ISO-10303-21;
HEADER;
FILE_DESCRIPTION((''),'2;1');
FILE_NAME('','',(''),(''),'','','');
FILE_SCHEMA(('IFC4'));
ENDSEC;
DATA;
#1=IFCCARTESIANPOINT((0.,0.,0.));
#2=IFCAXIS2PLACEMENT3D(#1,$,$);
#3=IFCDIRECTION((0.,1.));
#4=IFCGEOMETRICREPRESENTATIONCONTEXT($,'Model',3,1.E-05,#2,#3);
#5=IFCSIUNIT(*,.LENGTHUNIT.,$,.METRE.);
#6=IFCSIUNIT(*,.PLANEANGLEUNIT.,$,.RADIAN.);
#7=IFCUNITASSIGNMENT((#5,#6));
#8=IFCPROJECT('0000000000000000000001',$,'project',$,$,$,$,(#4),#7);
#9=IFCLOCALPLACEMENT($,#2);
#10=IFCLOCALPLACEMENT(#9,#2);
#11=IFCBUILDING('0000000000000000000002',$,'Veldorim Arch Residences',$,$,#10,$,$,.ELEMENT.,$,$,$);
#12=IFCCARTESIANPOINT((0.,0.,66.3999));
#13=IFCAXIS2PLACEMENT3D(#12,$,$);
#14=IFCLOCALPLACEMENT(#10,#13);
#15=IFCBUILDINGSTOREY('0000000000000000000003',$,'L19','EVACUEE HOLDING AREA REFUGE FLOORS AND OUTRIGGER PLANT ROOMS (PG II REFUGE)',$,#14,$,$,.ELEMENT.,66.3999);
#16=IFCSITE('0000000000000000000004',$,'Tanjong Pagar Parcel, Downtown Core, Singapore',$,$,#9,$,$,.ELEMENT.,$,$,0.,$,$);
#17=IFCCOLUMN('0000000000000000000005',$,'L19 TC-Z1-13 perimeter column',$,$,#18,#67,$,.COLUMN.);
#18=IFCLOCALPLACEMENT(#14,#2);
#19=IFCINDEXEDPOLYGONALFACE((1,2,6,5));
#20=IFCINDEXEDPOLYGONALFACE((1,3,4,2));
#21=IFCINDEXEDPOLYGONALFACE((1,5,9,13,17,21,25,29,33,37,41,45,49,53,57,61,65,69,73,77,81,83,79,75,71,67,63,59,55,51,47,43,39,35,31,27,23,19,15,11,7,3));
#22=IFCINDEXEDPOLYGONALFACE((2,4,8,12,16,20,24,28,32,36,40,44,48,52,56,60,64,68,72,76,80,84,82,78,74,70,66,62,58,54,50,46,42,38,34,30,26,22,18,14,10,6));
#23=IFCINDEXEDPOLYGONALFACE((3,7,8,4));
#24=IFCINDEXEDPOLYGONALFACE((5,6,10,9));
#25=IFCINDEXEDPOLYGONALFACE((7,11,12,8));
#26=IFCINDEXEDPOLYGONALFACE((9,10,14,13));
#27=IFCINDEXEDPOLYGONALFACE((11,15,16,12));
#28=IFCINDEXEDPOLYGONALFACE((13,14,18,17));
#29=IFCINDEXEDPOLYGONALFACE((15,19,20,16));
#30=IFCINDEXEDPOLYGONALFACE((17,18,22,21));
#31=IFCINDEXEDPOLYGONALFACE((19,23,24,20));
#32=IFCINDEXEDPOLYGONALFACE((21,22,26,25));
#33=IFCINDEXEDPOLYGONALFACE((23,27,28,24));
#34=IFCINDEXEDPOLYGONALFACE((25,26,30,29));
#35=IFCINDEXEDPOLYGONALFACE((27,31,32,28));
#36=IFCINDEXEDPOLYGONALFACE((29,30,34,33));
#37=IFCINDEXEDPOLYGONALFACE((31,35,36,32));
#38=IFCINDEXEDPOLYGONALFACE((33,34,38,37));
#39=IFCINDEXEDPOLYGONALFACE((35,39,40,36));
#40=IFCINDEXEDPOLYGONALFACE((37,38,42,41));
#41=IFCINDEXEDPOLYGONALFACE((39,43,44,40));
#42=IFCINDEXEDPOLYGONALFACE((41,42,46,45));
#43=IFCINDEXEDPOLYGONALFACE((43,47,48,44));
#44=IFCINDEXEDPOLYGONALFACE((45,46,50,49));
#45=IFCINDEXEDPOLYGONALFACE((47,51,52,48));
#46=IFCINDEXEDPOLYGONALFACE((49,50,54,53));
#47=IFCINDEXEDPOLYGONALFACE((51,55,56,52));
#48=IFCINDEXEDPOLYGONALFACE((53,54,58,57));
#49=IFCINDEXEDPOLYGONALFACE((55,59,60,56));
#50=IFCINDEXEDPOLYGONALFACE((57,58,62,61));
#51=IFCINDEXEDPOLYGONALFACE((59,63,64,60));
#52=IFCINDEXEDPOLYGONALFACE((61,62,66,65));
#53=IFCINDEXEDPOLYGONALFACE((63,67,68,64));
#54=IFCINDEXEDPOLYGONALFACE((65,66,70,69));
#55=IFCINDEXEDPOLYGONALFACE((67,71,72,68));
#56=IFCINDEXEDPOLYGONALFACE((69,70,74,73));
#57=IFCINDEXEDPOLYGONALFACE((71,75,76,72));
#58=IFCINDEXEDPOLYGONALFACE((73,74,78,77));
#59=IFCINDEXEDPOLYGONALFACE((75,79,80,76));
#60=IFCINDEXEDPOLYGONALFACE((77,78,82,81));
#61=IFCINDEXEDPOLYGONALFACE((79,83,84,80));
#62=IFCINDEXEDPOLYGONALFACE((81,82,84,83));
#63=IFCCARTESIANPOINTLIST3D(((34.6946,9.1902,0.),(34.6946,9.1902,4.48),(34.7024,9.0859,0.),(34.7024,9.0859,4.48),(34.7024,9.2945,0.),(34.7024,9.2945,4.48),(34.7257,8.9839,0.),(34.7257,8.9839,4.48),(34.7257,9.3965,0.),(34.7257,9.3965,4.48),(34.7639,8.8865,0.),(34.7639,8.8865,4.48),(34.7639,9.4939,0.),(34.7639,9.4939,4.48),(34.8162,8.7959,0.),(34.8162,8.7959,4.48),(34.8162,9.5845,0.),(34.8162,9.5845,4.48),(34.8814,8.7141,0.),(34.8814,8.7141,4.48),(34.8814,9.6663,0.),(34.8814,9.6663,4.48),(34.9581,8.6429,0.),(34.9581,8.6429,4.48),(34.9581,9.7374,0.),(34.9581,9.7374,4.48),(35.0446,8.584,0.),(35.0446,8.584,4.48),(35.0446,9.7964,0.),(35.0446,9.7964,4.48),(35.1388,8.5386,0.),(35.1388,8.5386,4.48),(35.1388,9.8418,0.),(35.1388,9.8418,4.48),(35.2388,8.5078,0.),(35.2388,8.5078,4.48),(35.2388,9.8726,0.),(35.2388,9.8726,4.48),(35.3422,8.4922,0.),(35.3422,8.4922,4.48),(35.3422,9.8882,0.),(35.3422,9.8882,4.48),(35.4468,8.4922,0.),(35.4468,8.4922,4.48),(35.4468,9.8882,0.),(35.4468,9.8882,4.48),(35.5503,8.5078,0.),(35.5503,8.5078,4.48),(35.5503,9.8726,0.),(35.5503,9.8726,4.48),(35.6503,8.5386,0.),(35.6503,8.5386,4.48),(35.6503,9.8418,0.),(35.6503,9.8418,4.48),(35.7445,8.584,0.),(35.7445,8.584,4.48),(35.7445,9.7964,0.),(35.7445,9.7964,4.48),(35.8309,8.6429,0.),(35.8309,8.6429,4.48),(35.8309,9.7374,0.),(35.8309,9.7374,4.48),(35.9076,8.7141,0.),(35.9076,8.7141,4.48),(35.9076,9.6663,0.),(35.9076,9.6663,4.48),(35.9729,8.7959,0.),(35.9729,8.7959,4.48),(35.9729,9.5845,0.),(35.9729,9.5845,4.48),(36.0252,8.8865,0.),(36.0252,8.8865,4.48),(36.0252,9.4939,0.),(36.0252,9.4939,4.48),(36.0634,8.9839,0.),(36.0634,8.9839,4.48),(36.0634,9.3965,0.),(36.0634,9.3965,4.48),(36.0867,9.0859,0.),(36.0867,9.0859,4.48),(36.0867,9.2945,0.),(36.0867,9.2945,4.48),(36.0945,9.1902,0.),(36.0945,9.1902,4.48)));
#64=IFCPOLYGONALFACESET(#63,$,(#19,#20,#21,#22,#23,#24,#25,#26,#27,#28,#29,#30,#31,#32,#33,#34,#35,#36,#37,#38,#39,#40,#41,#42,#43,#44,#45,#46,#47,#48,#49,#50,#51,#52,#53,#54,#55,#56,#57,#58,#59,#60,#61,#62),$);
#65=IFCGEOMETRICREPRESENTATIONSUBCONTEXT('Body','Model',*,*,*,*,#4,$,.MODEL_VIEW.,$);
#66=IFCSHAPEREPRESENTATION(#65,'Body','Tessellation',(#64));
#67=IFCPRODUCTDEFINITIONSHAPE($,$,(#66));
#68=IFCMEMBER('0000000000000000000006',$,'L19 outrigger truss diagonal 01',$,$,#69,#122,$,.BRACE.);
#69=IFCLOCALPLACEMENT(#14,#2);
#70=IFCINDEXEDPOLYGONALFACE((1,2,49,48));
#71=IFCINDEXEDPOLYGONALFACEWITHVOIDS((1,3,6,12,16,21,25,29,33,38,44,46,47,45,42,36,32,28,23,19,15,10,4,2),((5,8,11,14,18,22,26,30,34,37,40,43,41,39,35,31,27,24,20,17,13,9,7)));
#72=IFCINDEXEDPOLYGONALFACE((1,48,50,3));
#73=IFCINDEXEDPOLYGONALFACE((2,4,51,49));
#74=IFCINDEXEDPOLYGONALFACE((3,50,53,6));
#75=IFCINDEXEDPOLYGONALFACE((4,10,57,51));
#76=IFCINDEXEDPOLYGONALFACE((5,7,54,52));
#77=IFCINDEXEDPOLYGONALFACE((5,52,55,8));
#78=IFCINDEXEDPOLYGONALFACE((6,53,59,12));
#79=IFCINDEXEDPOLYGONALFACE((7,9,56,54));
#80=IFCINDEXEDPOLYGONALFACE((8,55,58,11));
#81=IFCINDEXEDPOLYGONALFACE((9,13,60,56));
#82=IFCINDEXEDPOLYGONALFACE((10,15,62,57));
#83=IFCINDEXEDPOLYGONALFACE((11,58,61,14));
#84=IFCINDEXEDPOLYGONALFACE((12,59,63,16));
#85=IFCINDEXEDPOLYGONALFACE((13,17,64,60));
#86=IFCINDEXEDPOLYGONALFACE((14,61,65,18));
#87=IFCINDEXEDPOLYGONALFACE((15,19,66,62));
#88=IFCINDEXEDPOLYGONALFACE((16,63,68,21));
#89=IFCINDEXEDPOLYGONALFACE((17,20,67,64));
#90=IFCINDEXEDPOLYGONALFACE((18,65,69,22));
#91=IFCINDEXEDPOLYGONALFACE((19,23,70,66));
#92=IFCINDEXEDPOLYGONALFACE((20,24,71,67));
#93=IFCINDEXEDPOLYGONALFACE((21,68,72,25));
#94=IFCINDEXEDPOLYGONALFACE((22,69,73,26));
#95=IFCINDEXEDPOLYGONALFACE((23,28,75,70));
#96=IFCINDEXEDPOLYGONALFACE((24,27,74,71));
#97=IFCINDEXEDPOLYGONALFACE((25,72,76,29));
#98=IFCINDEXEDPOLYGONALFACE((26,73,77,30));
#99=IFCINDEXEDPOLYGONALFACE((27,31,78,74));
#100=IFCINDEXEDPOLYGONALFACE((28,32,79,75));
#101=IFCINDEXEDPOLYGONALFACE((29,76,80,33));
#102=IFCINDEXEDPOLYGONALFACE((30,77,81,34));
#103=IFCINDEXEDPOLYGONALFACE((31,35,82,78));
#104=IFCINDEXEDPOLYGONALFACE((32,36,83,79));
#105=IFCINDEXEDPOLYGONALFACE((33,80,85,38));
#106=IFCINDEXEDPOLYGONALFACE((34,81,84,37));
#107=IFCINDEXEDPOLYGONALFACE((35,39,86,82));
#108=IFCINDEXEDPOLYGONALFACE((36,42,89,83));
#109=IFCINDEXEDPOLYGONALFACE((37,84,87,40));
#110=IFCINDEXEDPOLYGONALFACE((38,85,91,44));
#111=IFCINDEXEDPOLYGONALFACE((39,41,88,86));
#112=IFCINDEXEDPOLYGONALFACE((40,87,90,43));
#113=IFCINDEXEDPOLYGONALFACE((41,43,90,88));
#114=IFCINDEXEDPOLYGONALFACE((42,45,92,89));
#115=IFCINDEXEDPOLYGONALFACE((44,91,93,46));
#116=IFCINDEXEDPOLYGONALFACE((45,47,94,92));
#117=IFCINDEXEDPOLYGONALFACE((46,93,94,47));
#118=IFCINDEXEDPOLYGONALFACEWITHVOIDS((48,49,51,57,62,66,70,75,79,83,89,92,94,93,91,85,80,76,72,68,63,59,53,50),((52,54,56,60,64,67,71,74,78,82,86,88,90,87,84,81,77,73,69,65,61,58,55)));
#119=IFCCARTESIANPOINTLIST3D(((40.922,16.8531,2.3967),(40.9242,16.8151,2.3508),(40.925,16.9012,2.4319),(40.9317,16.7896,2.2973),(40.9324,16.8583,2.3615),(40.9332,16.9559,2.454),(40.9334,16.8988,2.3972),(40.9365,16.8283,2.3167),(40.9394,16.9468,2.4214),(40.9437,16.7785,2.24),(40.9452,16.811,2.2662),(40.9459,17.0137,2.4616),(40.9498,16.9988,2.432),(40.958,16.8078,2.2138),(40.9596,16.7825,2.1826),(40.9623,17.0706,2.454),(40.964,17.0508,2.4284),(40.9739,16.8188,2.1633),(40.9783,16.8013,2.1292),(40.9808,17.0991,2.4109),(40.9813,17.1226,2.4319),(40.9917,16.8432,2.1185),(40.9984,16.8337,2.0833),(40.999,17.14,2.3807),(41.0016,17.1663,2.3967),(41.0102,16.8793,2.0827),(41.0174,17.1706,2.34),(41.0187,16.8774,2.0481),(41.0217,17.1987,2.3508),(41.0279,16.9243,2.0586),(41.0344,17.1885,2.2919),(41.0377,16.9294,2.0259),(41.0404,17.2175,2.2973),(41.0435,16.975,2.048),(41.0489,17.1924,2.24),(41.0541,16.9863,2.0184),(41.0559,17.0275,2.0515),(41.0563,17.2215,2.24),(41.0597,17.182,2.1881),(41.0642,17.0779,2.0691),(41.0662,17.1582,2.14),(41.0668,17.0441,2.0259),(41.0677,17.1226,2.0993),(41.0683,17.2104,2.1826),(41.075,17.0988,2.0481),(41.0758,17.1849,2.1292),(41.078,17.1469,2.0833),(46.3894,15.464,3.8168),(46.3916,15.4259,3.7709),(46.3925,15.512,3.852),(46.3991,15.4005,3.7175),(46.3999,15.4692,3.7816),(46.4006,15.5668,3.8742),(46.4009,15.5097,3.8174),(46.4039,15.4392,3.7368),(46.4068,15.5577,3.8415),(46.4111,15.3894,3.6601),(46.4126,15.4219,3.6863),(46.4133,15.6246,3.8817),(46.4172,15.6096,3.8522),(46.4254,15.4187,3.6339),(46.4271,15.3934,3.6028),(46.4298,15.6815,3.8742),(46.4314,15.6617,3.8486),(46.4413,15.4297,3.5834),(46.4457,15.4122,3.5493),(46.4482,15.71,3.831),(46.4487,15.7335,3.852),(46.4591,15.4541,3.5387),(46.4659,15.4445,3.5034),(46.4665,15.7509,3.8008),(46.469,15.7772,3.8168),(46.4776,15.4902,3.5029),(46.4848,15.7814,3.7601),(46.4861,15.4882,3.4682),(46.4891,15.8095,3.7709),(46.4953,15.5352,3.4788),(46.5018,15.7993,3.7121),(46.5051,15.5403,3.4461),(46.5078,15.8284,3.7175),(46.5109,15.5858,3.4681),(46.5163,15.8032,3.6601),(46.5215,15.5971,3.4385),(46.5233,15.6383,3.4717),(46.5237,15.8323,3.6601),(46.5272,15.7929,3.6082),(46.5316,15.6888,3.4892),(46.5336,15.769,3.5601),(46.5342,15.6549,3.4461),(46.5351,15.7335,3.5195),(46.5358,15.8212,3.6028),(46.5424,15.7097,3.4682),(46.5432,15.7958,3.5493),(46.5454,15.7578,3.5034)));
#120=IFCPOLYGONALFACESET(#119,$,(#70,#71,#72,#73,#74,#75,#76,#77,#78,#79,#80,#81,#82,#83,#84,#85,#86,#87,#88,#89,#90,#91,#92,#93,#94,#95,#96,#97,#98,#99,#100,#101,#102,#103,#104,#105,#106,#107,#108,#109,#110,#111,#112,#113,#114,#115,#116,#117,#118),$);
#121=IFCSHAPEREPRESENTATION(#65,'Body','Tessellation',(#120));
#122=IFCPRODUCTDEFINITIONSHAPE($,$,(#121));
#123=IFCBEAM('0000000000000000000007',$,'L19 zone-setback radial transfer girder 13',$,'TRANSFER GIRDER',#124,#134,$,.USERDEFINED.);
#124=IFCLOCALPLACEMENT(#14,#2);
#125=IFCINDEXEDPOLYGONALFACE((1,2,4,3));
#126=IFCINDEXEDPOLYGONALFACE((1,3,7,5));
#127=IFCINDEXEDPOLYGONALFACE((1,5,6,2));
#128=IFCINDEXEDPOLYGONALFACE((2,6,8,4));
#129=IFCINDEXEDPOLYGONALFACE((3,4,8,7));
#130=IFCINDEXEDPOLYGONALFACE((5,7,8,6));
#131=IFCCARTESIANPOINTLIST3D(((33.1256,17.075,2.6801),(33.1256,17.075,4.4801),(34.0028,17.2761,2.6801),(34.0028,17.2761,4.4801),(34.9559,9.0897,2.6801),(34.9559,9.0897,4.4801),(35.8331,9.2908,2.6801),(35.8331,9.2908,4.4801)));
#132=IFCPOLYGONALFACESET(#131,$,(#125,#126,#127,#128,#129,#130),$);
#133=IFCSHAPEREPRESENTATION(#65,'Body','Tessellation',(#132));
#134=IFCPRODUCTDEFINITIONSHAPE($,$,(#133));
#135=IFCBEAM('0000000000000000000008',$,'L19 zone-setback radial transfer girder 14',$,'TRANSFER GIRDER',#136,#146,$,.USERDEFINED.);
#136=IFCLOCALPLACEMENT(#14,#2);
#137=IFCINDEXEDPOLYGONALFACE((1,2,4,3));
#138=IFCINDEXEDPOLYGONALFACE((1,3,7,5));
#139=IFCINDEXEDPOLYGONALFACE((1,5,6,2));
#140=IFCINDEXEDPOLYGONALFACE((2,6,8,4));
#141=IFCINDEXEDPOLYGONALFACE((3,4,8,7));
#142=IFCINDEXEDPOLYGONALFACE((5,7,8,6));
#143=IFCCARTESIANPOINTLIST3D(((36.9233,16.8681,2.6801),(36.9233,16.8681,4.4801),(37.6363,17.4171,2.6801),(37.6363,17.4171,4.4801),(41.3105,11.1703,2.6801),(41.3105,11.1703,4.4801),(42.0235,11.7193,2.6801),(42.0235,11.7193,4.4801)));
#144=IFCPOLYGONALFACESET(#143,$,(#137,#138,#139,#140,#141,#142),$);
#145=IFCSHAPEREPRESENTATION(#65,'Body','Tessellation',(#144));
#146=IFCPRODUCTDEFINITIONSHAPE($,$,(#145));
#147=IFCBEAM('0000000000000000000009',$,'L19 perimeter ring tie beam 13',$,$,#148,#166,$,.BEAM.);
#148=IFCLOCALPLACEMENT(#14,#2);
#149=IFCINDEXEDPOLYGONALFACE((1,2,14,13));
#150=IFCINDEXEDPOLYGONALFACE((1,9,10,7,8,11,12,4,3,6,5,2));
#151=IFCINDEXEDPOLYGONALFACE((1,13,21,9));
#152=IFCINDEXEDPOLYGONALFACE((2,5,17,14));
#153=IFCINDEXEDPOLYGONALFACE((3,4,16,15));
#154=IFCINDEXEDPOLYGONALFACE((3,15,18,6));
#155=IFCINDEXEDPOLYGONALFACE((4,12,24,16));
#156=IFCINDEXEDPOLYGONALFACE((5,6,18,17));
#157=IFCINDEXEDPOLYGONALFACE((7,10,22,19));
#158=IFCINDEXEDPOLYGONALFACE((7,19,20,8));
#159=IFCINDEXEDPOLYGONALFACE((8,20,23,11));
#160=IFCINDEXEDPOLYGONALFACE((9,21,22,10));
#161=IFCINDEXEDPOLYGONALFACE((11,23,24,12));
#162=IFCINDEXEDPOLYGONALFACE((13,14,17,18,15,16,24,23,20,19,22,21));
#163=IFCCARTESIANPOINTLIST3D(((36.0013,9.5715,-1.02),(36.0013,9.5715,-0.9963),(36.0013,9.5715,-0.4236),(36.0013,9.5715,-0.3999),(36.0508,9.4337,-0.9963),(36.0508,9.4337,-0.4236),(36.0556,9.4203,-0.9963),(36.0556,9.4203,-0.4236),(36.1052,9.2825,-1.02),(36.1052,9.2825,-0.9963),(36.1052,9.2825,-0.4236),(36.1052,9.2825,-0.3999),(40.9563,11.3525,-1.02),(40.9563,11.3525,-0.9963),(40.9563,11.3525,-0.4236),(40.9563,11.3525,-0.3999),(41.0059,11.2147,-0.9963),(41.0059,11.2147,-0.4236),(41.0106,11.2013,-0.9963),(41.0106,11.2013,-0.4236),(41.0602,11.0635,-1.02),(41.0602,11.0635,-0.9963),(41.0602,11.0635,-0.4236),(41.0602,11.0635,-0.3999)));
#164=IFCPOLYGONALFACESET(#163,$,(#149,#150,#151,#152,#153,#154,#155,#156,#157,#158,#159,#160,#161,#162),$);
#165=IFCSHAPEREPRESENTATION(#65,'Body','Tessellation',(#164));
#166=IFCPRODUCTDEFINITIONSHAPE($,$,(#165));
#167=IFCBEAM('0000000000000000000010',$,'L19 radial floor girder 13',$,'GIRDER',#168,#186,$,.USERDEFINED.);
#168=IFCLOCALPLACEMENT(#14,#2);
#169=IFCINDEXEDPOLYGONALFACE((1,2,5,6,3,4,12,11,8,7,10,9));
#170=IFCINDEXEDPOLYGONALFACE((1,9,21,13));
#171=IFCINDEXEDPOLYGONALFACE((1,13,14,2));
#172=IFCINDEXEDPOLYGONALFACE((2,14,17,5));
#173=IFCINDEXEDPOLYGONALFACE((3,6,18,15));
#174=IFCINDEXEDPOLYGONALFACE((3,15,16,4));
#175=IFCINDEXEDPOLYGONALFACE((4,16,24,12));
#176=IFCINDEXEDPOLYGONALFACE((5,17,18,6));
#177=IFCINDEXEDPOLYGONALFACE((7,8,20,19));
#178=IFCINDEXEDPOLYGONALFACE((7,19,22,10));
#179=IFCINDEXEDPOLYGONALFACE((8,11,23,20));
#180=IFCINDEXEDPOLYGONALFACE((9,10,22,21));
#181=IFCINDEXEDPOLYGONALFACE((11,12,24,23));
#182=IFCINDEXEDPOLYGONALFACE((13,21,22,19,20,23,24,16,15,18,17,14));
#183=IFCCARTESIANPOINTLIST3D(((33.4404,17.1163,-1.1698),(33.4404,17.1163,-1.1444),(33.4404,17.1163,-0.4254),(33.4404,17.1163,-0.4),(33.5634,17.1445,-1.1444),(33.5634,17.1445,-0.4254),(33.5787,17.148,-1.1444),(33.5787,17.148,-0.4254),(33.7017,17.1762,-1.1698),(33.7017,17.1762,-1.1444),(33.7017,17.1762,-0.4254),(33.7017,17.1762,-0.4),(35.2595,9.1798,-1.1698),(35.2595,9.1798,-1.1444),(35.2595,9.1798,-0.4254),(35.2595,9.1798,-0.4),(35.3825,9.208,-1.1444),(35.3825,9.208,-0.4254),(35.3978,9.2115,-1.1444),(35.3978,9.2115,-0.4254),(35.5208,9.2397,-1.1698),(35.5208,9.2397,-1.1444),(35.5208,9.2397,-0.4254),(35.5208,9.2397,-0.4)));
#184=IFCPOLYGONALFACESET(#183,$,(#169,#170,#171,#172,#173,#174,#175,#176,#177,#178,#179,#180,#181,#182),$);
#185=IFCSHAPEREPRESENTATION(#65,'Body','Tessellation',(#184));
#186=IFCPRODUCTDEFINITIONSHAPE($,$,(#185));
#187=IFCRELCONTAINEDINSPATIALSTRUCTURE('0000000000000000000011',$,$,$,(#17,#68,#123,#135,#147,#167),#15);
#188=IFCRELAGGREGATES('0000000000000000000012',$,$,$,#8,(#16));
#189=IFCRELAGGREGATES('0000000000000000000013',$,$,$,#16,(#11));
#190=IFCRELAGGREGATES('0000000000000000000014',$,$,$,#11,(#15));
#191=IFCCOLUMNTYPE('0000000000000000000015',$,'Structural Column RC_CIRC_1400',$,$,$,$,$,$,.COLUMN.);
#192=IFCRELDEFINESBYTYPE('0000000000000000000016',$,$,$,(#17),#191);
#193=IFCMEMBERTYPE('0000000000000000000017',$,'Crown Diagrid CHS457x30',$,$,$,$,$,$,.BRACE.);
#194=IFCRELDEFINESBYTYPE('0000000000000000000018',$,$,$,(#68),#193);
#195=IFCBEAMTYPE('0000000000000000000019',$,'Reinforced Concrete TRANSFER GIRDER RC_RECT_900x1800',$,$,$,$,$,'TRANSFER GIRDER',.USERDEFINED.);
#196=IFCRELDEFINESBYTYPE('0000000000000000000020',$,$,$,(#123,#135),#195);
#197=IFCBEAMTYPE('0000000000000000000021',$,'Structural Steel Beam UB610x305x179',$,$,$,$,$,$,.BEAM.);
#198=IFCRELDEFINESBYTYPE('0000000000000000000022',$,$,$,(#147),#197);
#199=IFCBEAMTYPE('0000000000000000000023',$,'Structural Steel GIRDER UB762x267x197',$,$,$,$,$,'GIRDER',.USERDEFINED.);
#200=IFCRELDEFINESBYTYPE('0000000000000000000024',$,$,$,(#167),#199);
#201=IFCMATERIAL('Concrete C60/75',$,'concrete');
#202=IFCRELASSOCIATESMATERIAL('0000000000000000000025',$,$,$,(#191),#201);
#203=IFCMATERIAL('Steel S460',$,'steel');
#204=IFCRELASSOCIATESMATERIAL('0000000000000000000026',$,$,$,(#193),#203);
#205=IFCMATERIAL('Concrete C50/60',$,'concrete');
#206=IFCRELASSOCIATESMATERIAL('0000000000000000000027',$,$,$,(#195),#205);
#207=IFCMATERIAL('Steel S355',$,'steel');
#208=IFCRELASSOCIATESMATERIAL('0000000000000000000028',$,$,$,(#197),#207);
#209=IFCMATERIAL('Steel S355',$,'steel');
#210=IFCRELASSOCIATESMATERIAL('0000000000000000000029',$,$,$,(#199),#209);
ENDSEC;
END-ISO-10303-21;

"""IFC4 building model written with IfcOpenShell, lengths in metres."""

from ifc_helpers import new_model, si_unit, direction, frame, origin, origin_2d, place, context, subcontext, project, spatial, rectangle, circle, hollow_circle, i_section, extrude, material, material_profile, profile_set, type_object, element, save


model = new_model("IFC4")

# Units and contexts
model_context = context("Model", 3, precision=1e-05, world=origin(), true_north=direction((0.0, 1.0)))
body_context = subcontext(model_context, "Body", "Model", "MODEL_VIEW")
ifc_project = project(units=[si_unit("LENGTHUNIT", "METRE"), si_unit("PLANEANGLEUNIT", "RADIAN")], contexts=[model_context])

# Site, building, storey
site_placement = place(None, origin())
site = spatial("IfcSite", under=ifc_project, at=site_placement, Name="Tanjong Pagar Parcel, Downtown Core, Singapore", CompositionType="ELEMENT", RefElevation=0.0)
building_placement = place(site_placement, origin())
building = spatial("IfcBuilding", under=site, at=building_placement, Name="Veldorim Arch Residences", CompositionType="ELEMENT")
storey_placement = place(building_placement, frame((0.0, 0.0, 66.3999)))
storey = spatial("IfcBuildingStorey", under=building, at=storey_placement, Name="L19", Description="EVACUEE HOLDING AREA REFUGE FLOORS AND OUTRIGGER PLANT ROOMS (PG II REFUGE)", CompositionType="ELEMENT", Elevation=66.3999)

# Column
ifc_material_1 = material(Name="Concrete C60/75", Category="concrete")
ifc_material_profile_1 = material_profile(ifc_material_1, circle(Radius=0.7, at=origin_2d()), Name="RC_CIRC_1400")
ifc_profile_set_1 = profile_set([ifc_material_profile_1], Name="Concrete C60/75")
column_type = type_object("IfcColumnType", Name="Structural Column RC_CIRC_1400", PredefinedType="COLUMN", material=ifc_profile_set_1)
column_placement = place(storey_placement, frame((35.3945, 9.1902, 0.0), z_axis=(0.0, 0.0, 1.0), x_axis=(1.0, 0.0, 0.0)))
element("IfcColumn", 1, at=column_placement, inside=storey, type_object=column_type, Name="L19 TC-Z1-13 perimeter column", PredefinedType="COLUMN", context=body_context, shape_type="SweptSolid", body=[
    extrude(circle(Radius=0.7, at=origin_2d()), origin(), (0.0, 0.0, 1.0), 4.48),
])

# Member
ifc_material_2 = material(Name="Steel S460", Category="steel")
ifc_material_profile_2 = material_profile(ifc_material_2, hollow_circle(Radius=0.2285, WallThickness=0.03, at=origin_2d()), Name="CHS457x30")
ifc_profile_set_2 = profile_set([ifc_material_profile_2], Name="Steel S460")
member_type_1 = type_object("IfcMemberType", Name="Crown Diagrid CHS457x30", PredefinedType="BRACE", material=ifc_profile_set_2)
member_1_placement = place(storey_placement, frame((41.0, 17.0, 2.24), z_axis=(0.939881, -0.2388, 0.24413), x_axis=(0.246251, 0.969206, 0.0)))
element("IfcMember", 2, at=member_1_placement, inside=storey, type_object=member_type_1, Name="L19 outrigger truss diagonal 01", PredefinedType="BRACE", context=body_context, shape_type="SweptSolid", body=[
    extrude(hollow_circle(Radius=0.2285, WallThickness=0.03, at=origin_2d()), origin(), (0.0, 0.0, 1.0), 5.8171),
])

# Beams
ifc_material_3 = material(Name="Concrete C50/60", Category="concrete")
ifc_material_profile_3 = material_profile(ifc_material_3, rectangle(XDim=0.8999, YDim=1.8, at=origin_2d()), Name="RC_RECT_900x1800")
ifc_profile_set_3 = profile_set([ifc_material_profile_3], Name="Concrete C50/60")
beam_type_1 = type_object("IfcBeamType", Name="Reinforced Concrete TRANSFER GIRDER RC_RECT_900x1800", ElementType="TRANSFER GIRDER", PredefinedType="USERDEFINED", material=ifc_profile_set_3)
beam_1_placement = place(storey_placement, frame((33.5642, 17.1755, 3.5801), z_axis=(0.223416, -0.974723, 0.0), x_axis=(0.974723, 0.223416, 0.0)))
element("IfcBeam", 3, at=beam_1_placement, inside=storey, type_object=beam_type_1, Name="L19 zone-setback radial transfer girder 13", ObjectType="TRANSFER GIRDER", PredefinedType="USERDEFINED", context=body_context, shape_type="SweptSolid", body=[
    extrude(rectangle(XDim=0.8999, YDim=1.8, at=origin_2d()), origin(), (0.0, 0.0, 1.0), 8.1924),
])
beam_2_placement = place(storey_placement, frame((37.2798, 17.1426, 3.5801), z_axis=(0.610088, -0.792334, 0.0), x_axis=(0.792334, 0.610088, 0.0)))
element("IfcBeam", 4, at=beam_2_placement, inside=storey, type_object=beam_type_1, Name="L19 zone-setback radial transfer girder 14", ObjectType="TRANSFER GIRDER", PredefinedType="USERDEFINED", context=body_context, shape_type="SweptSolid", body=[
    extrude(rectangle(XDim=0.8999, YDim=1.8, at=origin_2d()), origin(), (0.0, 0.0, 1.0), 7.1912),
])
ifc_material_4 = material(Name="Steel S355", Category="steel")
ifc_material_profile_4 = material_profile(ifc_material_4, i_section(OverallWidth=0.3071, OverallDepth=0.6201, WebThickness=0.0142, FlangeThickness=0.0237, at=origin_2d()), Name="UB610x305x179")
ifc_profile_set_4 = profile_set([ifc_material_profile_4], Name="Steel S355")
beam_type_2 = type_object("IfcBeamType", Name="Structural Steel Beam UB610x305x179", PredefinedType="BEAM", material=ifc_profile_set_4)
beam_3_placement = place(storey_placement, frame((36.0532, 9.427, -0.71), z_axis=(0.941058, 0.338245, 0.0), x_axis=(-0.338245, 0.941058, 0.0)))
element("IfcBeam", 5, at=beam_3_placement, inside=storey, type_object=beam_type_2, Name="L19 perimeter ring tie beam 13", PredefinedType="BEAM", context=body_context, shape_type="SweptSolid", body=[
    extrude(i_section(OverallWidth=0.3071, OverallDepth=0.6201, WebThickness=0.0142, FlangeThickness=0.0237, at=origin_2d()), origin(), (0.0, 0.0, 1.0), 5.2654),
])
ifc_material_5 = material(Name="Steel S355", Category="steel")
ifc_material_profile_5 = material_profile(ifc_material_5, i_section(OverallWidth=0.2681, OverallDepth=0.7698, WebThickness=0.0156, FlangeThickness=0.0254, at=origin_2d()), Name="UB762x267x197")
ifc_profile_set_5 = profile_set([ifc_material_profile_5], Name="Steel S355")
beam_type_3 = type_object("IfcBeamType", Name="Structural Steel GIRDER UB762x267x197", ElementType="GIRDER", PredefinedType="USERDEFINED", material=ifc_profile_set_5)
beam_4_placement = place(storey_placement, frame((33.571, 17.1462, -0.7849), z_axis=(0.223412, -0.974724, 0.0), x_axis=(0.974724, 0.223412, 0.0)))
element("IfcBeam", 6, at=beam_4_placement, inside=storey, type_object=beam_type_3, Name="L19 radial floor girder 13", ObjectType="GIRDER", PredefinedType="USERDEFINED", context=body_context, shape_type="SweptSolid", body=[
    extrude(i_section(OverallWidth=0.2681, OverallDepth=0.7698, WebThickness=0.0156, FlangeThickness=0.0254, at=origin_2d()), origin(), (0.0, 0.0, 1.0), 8.1423),
])

save(model, "model.ifc")
